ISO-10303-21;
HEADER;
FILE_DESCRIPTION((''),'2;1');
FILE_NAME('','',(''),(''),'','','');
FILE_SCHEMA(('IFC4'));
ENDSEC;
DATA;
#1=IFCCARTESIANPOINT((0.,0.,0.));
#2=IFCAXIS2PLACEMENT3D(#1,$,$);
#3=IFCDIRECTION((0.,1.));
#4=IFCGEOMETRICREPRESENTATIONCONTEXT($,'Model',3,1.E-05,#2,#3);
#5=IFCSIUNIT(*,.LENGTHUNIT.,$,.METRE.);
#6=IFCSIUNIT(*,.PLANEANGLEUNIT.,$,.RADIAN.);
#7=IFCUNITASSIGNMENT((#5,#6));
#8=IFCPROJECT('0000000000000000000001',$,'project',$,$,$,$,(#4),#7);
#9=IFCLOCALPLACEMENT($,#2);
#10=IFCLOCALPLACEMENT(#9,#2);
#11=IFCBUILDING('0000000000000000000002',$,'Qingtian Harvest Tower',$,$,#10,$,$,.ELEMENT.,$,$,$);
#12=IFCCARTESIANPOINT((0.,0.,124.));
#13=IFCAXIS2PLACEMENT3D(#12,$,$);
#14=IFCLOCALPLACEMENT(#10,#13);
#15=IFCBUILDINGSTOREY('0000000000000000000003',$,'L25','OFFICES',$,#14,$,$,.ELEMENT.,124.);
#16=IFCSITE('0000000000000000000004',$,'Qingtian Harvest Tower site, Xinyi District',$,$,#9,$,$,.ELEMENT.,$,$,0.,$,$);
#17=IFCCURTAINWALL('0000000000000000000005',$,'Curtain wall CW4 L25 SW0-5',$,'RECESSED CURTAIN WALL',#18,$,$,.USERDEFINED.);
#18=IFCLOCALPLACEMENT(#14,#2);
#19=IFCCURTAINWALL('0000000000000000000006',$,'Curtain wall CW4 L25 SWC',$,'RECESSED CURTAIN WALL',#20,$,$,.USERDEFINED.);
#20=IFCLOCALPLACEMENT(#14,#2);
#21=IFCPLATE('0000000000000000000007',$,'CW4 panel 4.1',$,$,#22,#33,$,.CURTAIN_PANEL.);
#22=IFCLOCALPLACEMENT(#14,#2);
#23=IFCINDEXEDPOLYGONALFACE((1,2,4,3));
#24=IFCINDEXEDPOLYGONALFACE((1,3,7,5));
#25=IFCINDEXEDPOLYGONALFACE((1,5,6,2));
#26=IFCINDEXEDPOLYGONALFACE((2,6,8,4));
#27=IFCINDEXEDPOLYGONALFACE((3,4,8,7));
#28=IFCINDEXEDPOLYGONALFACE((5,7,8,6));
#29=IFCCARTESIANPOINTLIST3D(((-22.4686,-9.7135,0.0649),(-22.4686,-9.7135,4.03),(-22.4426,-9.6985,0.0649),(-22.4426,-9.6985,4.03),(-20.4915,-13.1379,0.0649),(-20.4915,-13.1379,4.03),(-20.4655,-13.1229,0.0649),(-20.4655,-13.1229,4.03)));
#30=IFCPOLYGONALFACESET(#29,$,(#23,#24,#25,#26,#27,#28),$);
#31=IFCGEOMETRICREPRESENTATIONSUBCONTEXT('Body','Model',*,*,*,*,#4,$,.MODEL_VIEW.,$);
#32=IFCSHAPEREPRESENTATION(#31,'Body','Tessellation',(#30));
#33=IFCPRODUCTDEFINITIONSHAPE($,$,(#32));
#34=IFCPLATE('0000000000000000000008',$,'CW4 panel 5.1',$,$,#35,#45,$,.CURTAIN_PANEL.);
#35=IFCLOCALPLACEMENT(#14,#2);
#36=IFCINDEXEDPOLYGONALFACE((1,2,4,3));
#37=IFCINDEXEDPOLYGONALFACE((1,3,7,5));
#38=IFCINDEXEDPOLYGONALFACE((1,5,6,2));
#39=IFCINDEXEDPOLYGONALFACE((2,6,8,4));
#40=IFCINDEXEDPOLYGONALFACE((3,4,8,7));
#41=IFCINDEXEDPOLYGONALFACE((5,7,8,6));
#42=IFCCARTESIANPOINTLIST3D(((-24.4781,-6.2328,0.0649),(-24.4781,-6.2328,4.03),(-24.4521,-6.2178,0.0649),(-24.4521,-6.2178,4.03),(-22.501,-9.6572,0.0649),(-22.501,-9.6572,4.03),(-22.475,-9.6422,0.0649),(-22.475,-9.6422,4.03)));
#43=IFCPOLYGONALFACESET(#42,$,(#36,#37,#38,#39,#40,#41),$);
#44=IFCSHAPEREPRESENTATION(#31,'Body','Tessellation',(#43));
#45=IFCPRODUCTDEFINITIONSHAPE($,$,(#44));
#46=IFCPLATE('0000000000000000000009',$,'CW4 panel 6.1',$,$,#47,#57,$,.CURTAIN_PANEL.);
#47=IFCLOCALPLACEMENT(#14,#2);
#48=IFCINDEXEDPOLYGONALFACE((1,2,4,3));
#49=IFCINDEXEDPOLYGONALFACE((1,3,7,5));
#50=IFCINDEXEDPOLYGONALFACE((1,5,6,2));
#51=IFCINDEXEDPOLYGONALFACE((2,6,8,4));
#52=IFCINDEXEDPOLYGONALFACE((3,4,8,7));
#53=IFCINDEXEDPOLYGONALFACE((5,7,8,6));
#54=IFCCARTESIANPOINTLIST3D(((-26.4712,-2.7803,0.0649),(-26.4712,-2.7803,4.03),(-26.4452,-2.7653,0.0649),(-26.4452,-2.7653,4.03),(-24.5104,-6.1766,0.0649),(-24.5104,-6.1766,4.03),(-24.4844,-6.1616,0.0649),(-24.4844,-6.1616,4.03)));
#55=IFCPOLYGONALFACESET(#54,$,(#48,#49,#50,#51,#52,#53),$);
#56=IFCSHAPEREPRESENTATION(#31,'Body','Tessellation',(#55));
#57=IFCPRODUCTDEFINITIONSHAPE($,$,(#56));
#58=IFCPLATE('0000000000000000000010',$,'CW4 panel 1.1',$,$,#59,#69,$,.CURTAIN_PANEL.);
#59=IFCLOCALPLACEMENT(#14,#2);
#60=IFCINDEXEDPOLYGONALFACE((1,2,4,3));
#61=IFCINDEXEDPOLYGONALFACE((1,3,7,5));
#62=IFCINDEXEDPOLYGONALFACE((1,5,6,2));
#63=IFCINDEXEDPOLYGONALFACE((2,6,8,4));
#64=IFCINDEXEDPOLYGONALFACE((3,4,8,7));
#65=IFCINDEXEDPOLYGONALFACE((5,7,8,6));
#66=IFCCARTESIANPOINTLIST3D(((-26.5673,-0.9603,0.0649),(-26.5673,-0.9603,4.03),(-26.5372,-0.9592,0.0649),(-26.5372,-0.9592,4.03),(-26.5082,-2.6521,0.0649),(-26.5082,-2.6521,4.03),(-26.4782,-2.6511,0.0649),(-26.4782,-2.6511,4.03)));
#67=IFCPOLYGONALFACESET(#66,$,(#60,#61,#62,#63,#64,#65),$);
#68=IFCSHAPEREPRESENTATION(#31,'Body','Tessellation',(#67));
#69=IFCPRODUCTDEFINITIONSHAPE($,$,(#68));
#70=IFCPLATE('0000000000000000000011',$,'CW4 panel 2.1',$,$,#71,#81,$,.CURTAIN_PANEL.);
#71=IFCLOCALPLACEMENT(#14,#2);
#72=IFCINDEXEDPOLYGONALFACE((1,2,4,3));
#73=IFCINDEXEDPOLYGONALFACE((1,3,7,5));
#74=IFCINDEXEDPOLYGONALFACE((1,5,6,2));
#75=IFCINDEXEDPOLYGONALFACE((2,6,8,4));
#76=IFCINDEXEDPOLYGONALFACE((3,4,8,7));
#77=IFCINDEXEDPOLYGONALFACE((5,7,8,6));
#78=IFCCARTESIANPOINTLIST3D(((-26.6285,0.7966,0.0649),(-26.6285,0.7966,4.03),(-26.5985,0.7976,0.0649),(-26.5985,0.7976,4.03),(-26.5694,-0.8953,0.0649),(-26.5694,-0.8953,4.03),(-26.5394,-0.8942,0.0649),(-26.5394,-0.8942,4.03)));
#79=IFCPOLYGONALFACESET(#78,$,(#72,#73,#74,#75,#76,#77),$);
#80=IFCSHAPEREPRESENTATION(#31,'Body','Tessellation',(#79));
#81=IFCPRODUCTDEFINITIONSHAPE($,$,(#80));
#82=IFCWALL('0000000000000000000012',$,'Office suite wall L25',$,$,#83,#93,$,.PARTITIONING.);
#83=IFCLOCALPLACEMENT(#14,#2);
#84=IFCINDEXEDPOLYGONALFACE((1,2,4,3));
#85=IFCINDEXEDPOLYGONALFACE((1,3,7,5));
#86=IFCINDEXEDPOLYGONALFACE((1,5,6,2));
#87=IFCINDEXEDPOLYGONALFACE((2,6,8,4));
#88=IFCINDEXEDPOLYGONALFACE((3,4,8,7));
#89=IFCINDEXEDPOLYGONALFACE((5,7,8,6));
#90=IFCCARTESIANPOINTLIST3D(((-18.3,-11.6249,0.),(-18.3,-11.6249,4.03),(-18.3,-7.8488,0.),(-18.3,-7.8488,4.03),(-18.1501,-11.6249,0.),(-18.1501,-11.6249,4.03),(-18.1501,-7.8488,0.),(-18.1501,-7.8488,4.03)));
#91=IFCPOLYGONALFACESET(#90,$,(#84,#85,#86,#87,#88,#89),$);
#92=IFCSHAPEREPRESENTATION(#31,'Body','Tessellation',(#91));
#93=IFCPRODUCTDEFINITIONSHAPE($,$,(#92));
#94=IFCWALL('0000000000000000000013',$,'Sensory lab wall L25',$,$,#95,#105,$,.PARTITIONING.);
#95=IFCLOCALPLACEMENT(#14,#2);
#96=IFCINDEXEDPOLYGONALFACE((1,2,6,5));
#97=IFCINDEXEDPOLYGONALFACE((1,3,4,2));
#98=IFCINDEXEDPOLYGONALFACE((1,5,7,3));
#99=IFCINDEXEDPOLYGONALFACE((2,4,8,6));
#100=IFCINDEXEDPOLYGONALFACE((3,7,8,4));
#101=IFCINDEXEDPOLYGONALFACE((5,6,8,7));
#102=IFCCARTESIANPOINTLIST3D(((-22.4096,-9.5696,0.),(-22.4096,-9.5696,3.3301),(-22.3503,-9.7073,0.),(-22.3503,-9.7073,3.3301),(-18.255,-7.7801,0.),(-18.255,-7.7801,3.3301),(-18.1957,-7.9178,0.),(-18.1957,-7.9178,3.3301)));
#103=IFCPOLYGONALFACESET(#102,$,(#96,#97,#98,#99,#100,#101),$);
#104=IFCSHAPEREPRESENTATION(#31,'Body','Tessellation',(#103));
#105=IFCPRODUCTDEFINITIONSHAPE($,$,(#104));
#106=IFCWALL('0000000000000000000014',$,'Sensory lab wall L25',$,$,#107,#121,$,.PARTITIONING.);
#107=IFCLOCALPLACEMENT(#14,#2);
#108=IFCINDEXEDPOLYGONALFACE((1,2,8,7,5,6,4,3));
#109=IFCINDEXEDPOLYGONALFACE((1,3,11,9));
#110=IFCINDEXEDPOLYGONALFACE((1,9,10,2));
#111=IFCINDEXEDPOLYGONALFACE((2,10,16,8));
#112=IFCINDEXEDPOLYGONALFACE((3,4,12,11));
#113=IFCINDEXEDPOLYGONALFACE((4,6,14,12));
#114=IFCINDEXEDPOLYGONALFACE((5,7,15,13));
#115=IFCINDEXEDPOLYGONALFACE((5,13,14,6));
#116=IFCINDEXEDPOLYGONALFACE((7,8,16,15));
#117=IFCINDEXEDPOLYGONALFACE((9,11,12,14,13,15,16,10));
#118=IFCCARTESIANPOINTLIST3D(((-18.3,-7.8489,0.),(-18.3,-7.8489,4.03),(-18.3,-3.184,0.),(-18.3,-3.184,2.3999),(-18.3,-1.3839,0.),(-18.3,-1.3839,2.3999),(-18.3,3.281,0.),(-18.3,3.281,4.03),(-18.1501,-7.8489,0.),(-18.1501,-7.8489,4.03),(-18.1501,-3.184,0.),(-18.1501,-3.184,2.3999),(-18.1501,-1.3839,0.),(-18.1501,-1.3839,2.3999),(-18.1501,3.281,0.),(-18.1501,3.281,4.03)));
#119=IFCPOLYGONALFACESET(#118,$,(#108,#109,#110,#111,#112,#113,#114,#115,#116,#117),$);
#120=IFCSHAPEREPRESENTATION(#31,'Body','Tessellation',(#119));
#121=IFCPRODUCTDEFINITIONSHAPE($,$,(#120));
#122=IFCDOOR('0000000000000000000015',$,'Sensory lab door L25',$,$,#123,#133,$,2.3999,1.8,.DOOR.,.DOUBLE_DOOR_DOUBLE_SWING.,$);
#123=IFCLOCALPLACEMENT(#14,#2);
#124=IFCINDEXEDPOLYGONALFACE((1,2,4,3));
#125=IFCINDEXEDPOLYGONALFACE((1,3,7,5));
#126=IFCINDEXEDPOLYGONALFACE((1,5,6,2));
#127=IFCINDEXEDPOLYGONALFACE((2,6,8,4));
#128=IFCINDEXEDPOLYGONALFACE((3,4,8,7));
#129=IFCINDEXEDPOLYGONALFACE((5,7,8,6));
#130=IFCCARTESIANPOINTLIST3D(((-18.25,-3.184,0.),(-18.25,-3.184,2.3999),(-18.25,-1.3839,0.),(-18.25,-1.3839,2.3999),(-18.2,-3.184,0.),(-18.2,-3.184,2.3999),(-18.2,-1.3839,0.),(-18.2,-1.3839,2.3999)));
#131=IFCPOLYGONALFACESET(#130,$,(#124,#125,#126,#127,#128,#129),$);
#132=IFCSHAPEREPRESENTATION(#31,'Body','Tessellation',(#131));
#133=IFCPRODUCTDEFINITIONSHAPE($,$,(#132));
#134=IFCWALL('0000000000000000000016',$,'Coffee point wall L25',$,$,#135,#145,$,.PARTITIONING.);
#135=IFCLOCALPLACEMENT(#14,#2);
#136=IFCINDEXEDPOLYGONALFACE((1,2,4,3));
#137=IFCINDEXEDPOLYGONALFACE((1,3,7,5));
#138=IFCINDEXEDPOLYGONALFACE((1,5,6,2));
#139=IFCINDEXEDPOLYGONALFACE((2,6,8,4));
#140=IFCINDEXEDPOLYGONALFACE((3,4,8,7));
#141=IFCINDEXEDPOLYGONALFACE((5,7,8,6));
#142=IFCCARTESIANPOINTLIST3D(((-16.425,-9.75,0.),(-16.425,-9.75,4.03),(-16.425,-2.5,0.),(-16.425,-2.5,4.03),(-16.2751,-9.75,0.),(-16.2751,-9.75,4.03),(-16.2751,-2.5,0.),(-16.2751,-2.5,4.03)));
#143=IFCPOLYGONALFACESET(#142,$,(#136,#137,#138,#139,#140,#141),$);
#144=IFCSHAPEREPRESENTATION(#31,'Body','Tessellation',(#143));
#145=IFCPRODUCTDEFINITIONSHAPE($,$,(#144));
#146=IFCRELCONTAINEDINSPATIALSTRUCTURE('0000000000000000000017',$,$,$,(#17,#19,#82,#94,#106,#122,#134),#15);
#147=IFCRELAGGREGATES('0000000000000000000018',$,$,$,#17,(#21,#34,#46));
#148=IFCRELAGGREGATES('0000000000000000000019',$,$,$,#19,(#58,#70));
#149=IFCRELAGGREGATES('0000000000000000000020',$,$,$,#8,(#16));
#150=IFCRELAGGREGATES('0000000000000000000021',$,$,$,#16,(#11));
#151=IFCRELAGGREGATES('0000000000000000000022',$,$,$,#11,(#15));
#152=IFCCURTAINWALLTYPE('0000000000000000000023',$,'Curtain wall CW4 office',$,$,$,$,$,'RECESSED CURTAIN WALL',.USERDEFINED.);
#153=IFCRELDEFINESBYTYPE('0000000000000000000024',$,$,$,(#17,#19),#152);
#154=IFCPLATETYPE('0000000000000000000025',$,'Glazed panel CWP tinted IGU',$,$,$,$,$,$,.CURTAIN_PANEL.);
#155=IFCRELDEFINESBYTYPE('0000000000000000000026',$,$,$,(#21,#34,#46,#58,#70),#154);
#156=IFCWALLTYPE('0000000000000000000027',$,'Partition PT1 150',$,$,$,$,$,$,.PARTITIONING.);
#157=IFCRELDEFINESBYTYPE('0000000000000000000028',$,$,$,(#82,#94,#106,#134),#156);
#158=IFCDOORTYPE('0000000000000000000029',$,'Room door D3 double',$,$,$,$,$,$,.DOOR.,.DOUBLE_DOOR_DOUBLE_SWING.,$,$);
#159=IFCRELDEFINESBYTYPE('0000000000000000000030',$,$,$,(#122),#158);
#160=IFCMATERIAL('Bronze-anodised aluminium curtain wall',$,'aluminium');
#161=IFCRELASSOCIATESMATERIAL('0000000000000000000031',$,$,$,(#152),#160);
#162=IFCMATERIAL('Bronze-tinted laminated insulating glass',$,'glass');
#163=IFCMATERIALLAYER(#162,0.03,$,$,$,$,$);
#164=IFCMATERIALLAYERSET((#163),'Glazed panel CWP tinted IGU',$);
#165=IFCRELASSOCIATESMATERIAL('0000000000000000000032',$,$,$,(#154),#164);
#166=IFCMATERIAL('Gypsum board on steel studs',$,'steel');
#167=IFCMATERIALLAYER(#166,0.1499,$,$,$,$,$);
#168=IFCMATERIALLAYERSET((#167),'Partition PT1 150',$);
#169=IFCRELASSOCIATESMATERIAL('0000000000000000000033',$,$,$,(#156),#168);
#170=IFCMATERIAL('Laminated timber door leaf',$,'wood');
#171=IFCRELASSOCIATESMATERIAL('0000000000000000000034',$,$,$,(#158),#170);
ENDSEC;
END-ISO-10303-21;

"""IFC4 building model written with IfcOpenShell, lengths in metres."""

from ifc_helpers import new_model, si_unit, direction, frame, frame_2d, origin, origin_2d, place, context, subcontext, project, spatial, rectangle, extrude, material, layer, layer_set, type_object, element, fill, aggregate, save


model = new_model("IFC4")

# Units and contexts
model_context = context("Model", 3, precision=1e-05, world=origin(), true_north=direction((0.0, 1.0)))
body_context = subcontext(model_context, "Body", "Model", "MODEL_VIEW")
ifc_project = project(units=[si_unit("LENGTHUNIT", "METRE"), si_unit("PLANEANGLEUNIT", "RADIAN")], contexts=[model_context])

# Site, building, storey
site_placement = place(None, origin())
site = spatial("IfcSite", under=ifc_project, at=site_placement, Name="Qingtian Harvest Tower site, Xinyi District", CompositionType="ELEMENT", RefElevation=0.0)
building_placement = place(site_placement, origin())
building = spatial("IfcBuilding", under=site, at=building_placement, Name="Qingtian Harvest Tower", CompositionType="ELEMENT")
storey_placement = place(building_placement, frame((0.0, 0.0, 124.0)))
storey = spatial("IfcBuildingStorey", under=building, at=storey_placement, Name="L25", Description="OFFICES", CompositionType="ELEMENT", Elevation=124.0)

# Curtain walls
ifc_material_1 = material(Name="Bronze-anodised aluminium curtain wall", Category="aluminium")
curtain_wall_type = type_object("IfcCurtainWallType", Name="Curtain wall CW4 office", ElementType="RECESSED CURTAIN WALL", PredefinedType="USERDEFINED", material=ifc_material_1)
curtain_wall_1_placement = place(storey_placement, origin())
curtain_wall_1 = element("IfcCurtainWall", 1, at=curtain_wall_1_placement, inside=storey, type_object=curtain_wall_type, Name="Curtain wall CW4 L25 SW0-5", ObjectType="RECESSED CURTAIN WALL", PredefinedType="USERDEFINED")
curtain_wall_2_placement = place(storey_placement, origin())
curtain_wall_2 = element("IfcCurtainWall", 2, at=curtain_wall_2_placement, inside=storey, type_object=curtain_wall_type, Name="Curtain wall CW4 L25 SWC", ObjectType="RECESSED CURTAIN WALL", PredefinedType="USERDEFINED")

# Plates
ifc_material_2 = material(Name="Bronze-tinted laminated insulating glass", Category="glass")
ifc_layer_1 = layer(ifc_material_2, 0.03)
ifc_layer_set_1 = layer_set([ifc_layer_1], Name="Glazed panel CWP tinted IGU")
plate_type = type_object("IfcPlateType", Name="Glazed panel CWP tinted IGU", PredefinedType="CURTAIN_PANEL", material=ifc_layer_set_1)
plate_1_placement = place(storey_placement, frame((-21.467, -11.4182, 0.0649), z_axis=(0.0, 0.0, 1.0), x_axis=(-0.5, 0.866025, 0.0)))
plate_1 = element("IfcPlate", 3, at=plate_1_placement, type_object=plate_type, Name="CW4 panel 4.1", PredefinedType="CURTAIN_PANEL", context=body_context, shape_type="SweptSolid", body=[
    extrude(rectangle(XDim=3.9541, YDim=0.03, at=origin_2d()), origin(), (0.0, 0.0, 1.0), 3.9651),
])
plate_2_placement = place(storey_placement, frame((-23.4766, -7.9375, 0.0649), z_axis=(0.0, 0.0, 1.0), x_axis=(-0.5, 0.866025, 0.0)))
plate_2 = element("IfcPlate", 4, at=plate_2_placement, type_object=plate_type, Name="CW4 panel 5.1", PredefinedType="CURTAIN_PANEL", context=body_context, shape_type="SweptSolid", body=[
    extrude(rectangle(XDim=3.9541, YDim=0.03, at=origin_2d()), origin(), (0.0, 0.0, 1.0), 3.9651),
])
plate_3_placement = place(storey_placement, frame((-25.4778, -4.4709, 0.0649), z_axis=(0.0, 0.0, 1.0), x_axis=(-0.5, 0.866025, 0.0)))
plate_3 = element("IfcPlate", 5, at=plate_3_placement, type_object=plate_type, Name="CW4 panel 6.1", PredefinedType="CURTAIN_PANEL", context=body_context, shape_type="SweptSolid", body=[
    extrude(rectangle(XDim=3.9216, YDim=0.03, at=origin_2d()), origin(), (0.0, 0.0, 1.0), 3.9651),
])
aggregate(curtain_wall_1, [plate_1, plate_2, plate_3])
plate_4_placement = place(storey_placement, frame((-26.5227, -1.8057, 0.0649), z_axis=(0.0, 0.0, 1.0), x_axis=(-0.034899, 0.999391, 0.0)))
plate_4 = element("IfcPlate", 6, at=plate_4_placement, type_object=plate_type, Name="CW4 panel 1.1", PredefinedType="CURTAIN_PANEL", context=body_context, shape_type="SweptSolid", body=[
    extrude(rectangle(XDim=1.6929, YDim=0.03, at=origin_2d()), origin(), (0.0, 0.0, 1.0), 3.9651),
])
plate_5_placement = place(storey_placement, frame((-26.584, -0.0488, 0.0649), z_axis=(0.0, 0.0, 1.0), x_axis=(-0.034899, 0.999391, 0.0)))
plate_5 = element("IfcPlate", 7, at=plate_5_placement, type_object=plate_type, Name="CW4 panel 2.1", PredefinedType="CURTAIN_PANEL", context=body_context, shape_type="SweptSolid", body=[
    extrude(rectangle(XDim=1.6929, YDim=0.03, at=origin_2d()), origin(), (0.0, 0.0, 1.0), 3.9651),
])
aggregate(curtain_wall_2, [plate_4, plate_5])

# Walls
ifc_material_3 = material(Name="Gypsum board on steel studs", Category="steel")
ifc_layer_2 = layer(ifc_material_3, 0.1499)
ifc_layer_set_2 = layer_set([ifc_layer_2], Name="Partition PT1 150")
wall_type = type_object("IfcWallType", Name="Partition PT1 150", PredefinedType="PARTITIONING", material=ifc_layer_set_2)
wall_1_placement = place(storey_placement, frame((-18.2251, -11.625, 0.0), z_axis=(0.0, 0.0, 1.0), x_axis=(0.0, 1.0, 0.0)))
element("IfcWall", 8, at=wall_1_placement, inside=storey, type_object=wall_type, Name="Office suite wall L25", PredefinedType="PARTITIONING", context=body_context, shape_type="SweptSolid", body=[
    extrude(rectangle(XDim=3.7761, YDim=0.1499, at=frame_2d((1.8882, 0.0))), origin(), (0.0, 0.0, 1.0), 4.03),
])
wall_2_placement = place(storey_placement, frame((-22.3799, -9.6384, 0.0), z_axis=(0.0, 0.0, 1.0), x_axis=(0.918429, 0.395586, 0.0)))
element("IfcWall", 9, at=wall_2_placement, inside=storey, type_object=wall_type, Name="Sensory lab wall L25", PredefinedType="PARTITIONING", context=body_context, shape_type="SweptSolid", body=[
    extrude(rectangle(XDim=4.5237, YDim=0.1499, at=frame_2d((2.2617, 0.0))), origin(), (0.0, 0.0, 1.0), 3.3301),
])

# Wall, opening, door
wall_3_placement = place(storey_placement, frame((-18.2251, -7.8489, 0.0), z_axis=(0.0, 0.0, 1.0), x_axis=(0.0, 1.0, 0.0)))
wall_3 = element("IfcWall", 10, at=wall_3_placement, inside=storey, type_object=wall_type, Name="Sensory lab wall L25", PredefinedType="PARTITIONING", context=body_context, shape_type="SweptSolid", body=[
    extrude(rectangle(XDim=11.1299, YDim=0.1499, at=frame_2d((5.5649, 0.0))), origin(), (0.0, 0.0, 1.0), 4.03),
])
opening_placement = place(wall_3_placement, frame((4.665, 0.0, 0.0)))
opening = element("IfcOpeningElement", 11, at=opening_placement, cuts=wall_3, PredefinedType="OPENING", context=body_context, shape_type="SweptSolid", body=[
    extrude(rectangle(XDim=1.8, YDim=2.3999, at=frame_2d((0.8999, 1.2))), frame((0.0, 0.085, 0.0), z_axis=(0.0, -1.0, 0.0), x_axis=(1.0, 0.0, 0.0)), (0.0, 0.0, 1.0), 0.1699),
])
ifc_material_4 = material(Name="Laminated timber door leaf", Category="wood")
door_type = type_object("IfcDoorType", Name="Room door D3 double", OperationType="DOUBLE_DOOR_DOUBLE_SWING", PredefinedType="DOOR", material=ifc_material_4)
door_placement = place(opening_placement, origin())
door = element("IfcDoor", 12, at=door_placement, inside=storey, type_object=door_type, Name="Sensory lab door L25", OperationType="DOUBLE_DOOR_DOUBLE_SWING", OverallHeight=2.3999, OverallWidth=1.8, PredefinedType="DOOR", context=body_context, shape_type="SweptSolid", body=[
    extrude(rectangle(XDim=1.8, YDim=2.3999, at=frame_2d((0.8999, 1.2))), frame((0.0, 0.0249, 0.0), z_axis=(0.0, -1.0, 0.0), x_axis=(1.0, 0.0, 0.0)), (0.0, 0.0, 1.0), 0.05),
])
fill(opening, door)

# Wall
wall_4_placement = place(storey_placement, frame((-16.3501, -9.75, 0.0), z_axis=(0.0, 0.0, 1.0), x_axis=(0.0, 1.0, 0.0)))
element("IfcWall", 13, at=wall_4_placement, inside=storey, type_object=wall_type, Name="Coffee point wall L25", PredefinedType="PARTITIONING", context=body_context, shape_type="SweptSolid", body=[
    extrude(rectangle(XDim=7.25, YDim=0.1499, at=frame_2d((3.625, 0.0))), origin(), (0.0, 0.0, 1.0), 4.03),
])

save(model, "model.ifc")
